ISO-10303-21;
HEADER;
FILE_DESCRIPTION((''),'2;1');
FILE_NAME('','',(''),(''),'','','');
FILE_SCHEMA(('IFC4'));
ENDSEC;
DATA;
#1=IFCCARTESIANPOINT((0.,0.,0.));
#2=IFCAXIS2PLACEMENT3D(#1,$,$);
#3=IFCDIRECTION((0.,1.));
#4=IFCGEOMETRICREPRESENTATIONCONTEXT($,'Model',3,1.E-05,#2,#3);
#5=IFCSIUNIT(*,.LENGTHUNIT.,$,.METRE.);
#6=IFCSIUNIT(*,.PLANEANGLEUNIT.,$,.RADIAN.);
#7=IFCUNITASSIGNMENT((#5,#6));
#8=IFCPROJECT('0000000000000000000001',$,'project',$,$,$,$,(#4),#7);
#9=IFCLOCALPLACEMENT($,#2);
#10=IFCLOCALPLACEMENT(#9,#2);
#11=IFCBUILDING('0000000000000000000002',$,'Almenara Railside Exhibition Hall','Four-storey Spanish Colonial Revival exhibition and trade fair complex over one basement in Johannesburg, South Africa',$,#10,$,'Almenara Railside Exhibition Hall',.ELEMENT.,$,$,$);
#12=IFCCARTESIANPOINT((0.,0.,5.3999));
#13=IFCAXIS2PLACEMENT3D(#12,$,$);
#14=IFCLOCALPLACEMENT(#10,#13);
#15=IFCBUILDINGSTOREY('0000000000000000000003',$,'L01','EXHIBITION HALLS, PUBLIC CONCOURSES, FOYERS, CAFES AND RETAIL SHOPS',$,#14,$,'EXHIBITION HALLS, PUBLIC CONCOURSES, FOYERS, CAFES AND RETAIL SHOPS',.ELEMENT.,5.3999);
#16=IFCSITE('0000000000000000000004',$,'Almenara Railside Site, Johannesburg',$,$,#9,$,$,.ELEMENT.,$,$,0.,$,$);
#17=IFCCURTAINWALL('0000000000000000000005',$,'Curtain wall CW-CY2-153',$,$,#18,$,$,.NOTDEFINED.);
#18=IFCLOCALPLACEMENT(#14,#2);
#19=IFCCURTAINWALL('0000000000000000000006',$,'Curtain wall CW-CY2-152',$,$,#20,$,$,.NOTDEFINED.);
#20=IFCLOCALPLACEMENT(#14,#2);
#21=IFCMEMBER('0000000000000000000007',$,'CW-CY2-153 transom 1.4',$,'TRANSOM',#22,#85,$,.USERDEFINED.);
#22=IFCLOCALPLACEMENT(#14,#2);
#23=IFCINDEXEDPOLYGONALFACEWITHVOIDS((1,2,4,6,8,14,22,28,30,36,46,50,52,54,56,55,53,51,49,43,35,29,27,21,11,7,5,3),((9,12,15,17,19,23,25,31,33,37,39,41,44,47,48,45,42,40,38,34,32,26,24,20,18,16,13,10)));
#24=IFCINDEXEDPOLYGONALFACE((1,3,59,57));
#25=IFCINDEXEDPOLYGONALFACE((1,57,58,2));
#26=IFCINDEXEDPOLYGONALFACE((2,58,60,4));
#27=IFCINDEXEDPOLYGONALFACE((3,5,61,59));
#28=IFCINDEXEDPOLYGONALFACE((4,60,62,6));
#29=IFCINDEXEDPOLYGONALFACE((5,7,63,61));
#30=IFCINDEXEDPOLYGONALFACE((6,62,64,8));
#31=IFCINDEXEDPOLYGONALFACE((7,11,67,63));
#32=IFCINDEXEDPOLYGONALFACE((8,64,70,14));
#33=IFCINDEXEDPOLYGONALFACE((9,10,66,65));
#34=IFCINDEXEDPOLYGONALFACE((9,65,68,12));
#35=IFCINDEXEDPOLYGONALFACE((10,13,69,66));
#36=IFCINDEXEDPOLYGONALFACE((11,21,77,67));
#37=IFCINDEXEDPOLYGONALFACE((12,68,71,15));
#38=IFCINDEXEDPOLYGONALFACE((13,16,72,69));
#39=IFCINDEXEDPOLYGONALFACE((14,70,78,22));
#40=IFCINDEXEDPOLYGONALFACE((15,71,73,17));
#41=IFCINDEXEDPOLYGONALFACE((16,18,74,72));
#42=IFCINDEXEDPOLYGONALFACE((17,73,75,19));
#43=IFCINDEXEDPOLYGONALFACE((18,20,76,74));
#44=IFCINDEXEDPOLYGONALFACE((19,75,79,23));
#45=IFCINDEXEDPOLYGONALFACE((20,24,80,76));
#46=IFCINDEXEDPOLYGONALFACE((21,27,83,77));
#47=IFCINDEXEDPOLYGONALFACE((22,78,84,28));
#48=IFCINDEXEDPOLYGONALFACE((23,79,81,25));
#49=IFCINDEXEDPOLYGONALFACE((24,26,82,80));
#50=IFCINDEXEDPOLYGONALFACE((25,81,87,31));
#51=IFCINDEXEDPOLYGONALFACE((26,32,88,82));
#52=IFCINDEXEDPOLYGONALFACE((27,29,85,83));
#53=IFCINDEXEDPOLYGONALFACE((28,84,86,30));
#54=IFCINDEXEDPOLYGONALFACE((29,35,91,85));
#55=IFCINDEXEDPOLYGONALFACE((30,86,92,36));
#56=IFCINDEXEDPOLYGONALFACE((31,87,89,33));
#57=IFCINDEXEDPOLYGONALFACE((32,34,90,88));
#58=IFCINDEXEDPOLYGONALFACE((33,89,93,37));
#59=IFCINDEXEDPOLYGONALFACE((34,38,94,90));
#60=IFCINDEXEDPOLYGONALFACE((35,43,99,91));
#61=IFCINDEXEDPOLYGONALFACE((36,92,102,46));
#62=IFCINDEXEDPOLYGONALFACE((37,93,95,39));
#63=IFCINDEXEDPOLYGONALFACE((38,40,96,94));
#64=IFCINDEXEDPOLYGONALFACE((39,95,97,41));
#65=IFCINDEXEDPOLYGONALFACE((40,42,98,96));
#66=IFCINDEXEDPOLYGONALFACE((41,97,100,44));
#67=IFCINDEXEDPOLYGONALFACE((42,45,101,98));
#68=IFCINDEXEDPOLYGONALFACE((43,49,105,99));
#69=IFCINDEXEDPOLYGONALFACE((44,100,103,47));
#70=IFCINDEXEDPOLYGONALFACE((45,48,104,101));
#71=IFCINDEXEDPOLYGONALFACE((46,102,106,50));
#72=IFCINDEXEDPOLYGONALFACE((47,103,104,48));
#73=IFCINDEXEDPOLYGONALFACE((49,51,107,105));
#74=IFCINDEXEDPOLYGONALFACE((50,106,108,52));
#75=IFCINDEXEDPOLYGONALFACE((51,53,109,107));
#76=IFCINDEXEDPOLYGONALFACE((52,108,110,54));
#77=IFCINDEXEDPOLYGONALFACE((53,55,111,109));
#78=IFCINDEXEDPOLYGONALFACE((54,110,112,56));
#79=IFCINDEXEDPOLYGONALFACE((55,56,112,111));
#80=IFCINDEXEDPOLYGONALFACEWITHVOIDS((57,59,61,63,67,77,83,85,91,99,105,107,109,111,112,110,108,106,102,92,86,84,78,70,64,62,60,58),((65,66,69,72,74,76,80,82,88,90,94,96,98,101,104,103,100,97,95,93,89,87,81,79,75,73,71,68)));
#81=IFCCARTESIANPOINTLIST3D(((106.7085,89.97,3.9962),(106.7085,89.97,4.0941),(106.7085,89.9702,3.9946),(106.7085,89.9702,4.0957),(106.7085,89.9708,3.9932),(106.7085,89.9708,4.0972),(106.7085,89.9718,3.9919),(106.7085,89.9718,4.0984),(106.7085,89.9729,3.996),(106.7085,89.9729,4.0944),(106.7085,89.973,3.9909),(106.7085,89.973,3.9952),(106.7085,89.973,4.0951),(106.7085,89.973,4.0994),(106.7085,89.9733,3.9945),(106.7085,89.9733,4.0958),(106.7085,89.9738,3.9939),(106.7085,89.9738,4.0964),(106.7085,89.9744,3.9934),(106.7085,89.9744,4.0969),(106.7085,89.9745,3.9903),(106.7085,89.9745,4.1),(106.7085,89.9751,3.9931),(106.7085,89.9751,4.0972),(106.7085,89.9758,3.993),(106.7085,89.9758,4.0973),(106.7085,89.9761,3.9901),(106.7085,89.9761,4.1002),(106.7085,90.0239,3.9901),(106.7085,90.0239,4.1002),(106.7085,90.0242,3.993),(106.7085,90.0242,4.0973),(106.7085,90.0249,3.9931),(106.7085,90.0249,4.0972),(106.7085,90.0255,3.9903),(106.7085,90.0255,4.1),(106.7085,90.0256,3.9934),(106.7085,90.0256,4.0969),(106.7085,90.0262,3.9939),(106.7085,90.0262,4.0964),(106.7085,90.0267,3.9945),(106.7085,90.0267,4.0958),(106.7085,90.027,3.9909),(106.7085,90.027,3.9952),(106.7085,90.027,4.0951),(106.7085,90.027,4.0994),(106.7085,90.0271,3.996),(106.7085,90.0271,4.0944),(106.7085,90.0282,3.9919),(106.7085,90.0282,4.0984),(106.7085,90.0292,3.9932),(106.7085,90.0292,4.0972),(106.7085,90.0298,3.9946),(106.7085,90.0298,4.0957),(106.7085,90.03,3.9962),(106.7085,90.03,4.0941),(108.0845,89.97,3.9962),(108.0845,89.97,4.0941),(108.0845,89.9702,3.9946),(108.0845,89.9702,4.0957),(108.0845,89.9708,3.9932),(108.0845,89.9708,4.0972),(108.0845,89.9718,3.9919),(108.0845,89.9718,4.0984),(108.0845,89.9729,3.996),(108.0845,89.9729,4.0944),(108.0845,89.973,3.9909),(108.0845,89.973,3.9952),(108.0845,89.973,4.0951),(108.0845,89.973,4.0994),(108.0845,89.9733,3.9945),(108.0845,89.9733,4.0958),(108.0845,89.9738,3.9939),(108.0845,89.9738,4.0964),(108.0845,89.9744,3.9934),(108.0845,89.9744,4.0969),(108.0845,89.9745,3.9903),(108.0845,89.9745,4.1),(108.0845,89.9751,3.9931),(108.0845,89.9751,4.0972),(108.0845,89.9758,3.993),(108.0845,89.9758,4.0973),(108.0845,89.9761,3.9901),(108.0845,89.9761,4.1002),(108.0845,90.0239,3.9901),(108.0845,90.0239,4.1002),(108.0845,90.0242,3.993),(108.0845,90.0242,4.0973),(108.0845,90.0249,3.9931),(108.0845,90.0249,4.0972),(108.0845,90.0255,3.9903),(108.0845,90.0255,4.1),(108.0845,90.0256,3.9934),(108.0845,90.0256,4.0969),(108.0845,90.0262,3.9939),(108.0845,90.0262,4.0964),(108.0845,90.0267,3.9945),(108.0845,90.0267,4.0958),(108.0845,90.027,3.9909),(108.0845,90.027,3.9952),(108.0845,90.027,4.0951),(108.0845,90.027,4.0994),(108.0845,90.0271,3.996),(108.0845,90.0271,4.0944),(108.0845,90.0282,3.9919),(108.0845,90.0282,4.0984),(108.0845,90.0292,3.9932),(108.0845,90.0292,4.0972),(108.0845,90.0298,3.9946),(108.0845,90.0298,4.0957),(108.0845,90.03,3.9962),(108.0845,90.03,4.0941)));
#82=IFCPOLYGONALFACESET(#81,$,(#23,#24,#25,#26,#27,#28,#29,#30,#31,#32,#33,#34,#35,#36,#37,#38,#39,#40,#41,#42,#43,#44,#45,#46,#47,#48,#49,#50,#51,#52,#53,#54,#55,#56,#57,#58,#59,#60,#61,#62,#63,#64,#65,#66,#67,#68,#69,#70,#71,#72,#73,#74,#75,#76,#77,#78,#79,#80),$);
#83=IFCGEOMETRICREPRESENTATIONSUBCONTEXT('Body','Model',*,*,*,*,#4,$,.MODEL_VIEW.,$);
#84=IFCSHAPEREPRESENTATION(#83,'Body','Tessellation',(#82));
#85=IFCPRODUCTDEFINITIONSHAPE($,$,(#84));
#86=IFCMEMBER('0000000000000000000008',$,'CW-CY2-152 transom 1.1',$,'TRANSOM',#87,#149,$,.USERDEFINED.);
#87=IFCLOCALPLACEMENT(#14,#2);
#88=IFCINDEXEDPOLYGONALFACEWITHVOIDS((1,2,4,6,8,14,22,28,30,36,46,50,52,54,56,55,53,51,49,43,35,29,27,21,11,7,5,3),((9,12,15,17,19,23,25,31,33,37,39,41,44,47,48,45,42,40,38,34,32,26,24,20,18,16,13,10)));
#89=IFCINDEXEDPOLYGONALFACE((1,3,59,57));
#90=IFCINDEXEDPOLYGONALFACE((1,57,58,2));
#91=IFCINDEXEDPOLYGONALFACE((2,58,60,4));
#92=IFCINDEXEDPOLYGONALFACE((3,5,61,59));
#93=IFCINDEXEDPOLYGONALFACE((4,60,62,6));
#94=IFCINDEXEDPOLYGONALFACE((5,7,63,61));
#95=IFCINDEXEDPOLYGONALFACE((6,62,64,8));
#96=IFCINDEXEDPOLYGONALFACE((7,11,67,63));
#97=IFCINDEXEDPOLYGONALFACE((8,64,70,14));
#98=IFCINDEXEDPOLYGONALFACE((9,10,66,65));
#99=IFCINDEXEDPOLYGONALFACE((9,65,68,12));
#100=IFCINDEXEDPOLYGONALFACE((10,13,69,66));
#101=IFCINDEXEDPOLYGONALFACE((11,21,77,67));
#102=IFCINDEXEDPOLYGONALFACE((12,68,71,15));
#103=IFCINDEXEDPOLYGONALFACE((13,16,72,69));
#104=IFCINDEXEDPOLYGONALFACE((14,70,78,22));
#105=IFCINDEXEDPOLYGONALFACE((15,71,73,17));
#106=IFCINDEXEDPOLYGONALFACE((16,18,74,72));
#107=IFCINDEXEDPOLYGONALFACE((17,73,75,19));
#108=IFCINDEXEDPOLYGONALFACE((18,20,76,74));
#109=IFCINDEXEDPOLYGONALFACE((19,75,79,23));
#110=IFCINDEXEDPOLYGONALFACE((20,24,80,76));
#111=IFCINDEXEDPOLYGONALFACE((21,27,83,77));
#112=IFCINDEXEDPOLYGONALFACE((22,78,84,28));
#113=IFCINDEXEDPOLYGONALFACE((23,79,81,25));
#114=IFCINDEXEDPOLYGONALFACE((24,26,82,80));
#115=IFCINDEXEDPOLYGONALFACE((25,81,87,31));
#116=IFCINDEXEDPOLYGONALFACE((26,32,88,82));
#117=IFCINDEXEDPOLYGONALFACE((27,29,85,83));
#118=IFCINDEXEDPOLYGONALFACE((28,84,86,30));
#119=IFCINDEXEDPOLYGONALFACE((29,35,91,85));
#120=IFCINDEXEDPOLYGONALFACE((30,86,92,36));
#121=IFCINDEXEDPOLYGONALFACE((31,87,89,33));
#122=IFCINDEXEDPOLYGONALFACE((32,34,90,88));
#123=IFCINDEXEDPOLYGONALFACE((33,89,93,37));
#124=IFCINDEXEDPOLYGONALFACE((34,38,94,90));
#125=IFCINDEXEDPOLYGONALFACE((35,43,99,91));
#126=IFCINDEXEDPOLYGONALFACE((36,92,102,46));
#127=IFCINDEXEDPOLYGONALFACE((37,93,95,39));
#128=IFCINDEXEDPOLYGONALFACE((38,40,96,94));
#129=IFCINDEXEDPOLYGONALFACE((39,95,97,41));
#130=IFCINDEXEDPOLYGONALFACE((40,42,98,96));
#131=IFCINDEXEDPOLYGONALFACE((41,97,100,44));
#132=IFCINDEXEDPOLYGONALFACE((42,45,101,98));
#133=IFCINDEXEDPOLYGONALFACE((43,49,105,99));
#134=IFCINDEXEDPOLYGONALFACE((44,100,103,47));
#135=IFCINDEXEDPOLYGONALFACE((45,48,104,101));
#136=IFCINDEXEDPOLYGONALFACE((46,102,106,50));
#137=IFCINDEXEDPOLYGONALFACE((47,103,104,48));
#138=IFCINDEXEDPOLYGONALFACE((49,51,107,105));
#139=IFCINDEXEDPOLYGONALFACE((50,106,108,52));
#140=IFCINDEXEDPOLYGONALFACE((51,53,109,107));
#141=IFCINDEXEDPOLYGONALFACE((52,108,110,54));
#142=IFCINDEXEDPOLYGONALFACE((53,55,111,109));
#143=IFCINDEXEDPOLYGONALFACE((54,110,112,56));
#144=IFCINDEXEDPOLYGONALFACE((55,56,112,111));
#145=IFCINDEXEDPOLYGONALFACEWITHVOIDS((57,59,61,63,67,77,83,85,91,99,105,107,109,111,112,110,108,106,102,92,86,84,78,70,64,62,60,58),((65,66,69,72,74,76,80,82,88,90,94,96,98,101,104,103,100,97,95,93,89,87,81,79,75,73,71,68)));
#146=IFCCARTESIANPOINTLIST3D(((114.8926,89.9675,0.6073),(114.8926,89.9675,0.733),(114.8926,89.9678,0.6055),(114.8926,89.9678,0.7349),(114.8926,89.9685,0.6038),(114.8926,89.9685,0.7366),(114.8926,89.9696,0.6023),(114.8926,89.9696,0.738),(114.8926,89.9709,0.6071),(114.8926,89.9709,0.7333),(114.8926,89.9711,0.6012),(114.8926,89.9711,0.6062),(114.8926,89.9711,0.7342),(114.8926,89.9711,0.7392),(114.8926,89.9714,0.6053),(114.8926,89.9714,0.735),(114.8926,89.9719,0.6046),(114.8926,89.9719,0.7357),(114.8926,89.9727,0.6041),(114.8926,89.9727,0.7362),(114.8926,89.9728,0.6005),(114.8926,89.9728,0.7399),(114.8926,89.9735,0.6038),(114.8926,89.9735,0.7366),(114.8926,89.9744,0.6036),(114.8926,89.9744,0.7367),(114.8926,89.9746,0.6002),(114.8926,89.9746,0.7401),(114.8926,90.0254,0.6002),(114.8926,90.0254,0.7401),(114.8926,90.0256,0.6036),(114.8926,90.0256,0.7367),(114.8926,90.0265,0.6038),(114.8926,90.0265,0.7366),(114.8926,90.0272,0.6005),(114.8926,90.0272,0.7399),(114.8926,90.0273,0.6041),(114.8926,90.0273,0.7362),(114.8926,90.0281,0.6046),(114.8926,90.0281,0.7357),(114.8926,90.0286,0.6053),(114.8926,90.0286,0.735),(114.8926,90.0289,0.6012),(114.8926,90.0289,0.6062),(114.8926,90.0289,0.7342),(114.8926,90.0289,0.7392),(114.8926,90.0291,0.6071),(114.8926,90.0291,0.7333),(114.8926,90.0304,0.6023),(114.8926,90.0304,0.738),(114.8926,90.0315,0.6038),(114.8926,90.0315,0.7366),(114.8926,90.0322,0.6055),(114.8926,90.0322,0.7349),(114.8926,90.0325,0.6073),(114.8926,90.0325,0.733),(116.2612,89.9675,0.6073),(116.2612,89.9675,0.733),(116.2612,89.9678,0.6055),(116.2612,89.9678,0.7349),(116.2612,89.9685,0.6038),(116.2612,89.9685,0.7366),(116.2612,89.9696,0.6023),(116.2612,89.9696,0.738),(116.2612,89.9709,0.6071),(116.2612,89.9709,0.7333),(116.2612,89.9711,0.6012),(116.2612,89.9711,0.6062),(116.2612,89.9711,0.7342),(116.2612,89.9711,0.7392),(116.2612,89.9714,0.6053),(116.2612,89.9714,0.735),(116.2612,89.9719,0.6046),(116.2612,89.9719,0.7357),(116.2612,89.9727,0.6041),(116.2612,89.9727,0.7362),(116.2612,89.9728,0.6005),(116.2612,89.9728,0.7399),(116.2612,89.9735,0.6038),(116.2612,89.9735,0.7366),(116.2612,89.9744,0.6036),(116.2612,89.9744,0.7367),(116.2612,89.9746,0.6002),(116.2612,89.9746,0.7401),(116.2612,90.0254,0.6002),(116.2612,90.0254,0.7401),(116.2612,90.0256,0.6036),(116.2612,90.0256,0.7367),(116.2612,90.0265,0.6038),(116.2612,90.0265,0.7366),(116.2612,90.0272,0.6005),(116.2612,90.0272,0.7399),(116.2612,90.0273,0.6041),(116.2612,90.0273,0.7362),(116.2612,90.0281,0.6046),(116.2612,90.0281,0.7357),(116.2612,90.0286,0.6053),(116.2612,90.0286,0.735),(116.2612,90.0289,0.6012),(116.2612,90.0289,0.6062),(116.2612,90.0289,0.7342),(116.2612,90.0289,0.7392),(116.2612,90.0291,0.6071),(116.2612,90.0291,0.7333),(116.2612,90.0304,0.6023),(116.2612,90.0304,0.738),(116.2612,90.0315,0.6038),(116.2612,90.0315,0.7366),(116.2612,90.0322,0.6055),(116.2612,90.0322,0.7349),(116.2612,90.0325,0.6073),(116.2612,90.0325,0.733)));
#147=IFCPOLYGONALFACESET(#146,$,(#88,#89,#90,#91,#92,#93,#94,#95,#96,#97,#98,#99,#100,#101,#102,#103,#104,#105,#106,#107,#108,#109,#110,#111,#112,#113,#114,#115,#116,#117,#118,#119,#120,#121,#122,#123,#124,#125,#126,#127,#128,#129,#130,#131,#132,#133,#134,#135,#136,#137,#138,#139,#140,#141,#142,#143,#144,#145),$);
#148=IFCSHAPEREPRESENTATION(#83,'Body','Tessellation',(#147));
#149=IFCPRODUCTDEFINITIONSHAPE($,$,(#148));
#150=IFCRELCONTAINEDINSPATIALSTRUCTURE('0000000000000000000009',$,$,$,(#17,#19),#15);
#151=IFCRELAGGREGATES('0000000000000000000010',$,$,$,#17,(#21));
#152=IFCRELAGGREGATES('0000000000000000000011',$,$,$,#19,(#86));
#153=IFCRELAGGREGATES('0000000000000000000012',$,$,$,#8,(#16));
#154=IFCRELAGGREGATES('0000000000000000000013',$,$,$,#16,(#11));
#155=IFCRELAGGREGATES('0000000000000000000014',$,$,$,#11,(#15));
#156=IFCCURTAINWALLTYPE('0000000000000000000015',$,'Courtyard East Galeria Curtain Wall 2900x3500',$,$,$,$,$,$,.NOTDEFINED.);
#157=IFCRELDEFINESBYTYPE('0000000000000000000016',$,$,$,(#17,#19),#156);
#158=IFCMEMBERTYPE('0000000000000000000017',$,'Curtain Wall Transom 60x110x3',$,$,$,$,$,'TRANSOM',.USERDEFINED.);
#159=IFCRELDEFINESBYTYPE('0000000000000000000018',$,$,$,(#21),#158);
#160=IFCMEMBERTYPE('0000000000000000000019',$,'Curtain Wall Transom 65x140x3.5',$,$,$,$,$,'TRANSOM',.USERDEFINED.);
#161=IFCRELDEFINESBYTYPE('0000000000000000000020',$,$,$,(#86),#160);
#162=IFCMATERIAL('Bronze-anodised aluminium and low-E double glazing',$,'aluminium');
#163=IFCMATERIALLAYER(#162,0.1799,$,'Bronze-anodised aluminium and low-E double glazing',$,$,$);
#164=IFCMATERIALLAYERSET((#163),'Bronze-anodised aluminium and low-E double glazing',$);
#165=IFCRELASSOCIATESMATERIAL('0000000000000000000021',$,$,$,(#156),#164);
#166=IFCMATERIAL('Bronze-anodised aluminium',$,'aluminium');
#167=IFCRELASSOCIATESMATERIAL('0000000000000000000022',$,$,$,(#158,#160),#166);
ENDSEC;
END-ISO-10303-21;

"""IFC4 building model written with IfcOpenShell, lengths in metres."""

from ifc_helpers import new_model, si_unit, direction, frame, origin, origin_2d, place, context, subcontext, project, spatial, hollow_rectangle, extrude, material, layer, layer_set, material_profile, profile_set, type_object, element, aggregate, save


model = new_model("IFC4")

# Units and contexts
model_context = context("Model", 3, precision=1e-05, world=origin(), true_north=direction((0.0, 1.0)))
body_context = subcontext(model_context, "Body", "Model", "MODEL_VIEW")
ifc_project = project(units=[si_unit("LENGTHUNIT", "METRE"), si_unit("PLANEANGLEUNIT", "RADIAN")], contexts=[model_context])

# Site, building, storey
site_placement = place(None, origin())
site = spatial("IfcSite", under=ifc_project, at=site_placement, Name="Almenara Railside Site, Johannesburg", CompositionType="ELEMENT", RefElevation=0.0)
building_placement = place(site_placement, origin())
building = spatial("IfcBuilding", under=site, at=building_placement, Name="Almenara Railside Exhibition Hall", Description="Four-storey Spanish Colonial Revival exhibition and trade fair complex over one basement in Johannesburg, South Africa", LongName="Almenara Railside Exhibition Hall", CompositionType="ELEMENT")
storey_placement = place(building_placement, frame((0.0, 0.0, 5.3999)))
storey = spatial("IfcBuildingStorey", under=building, at=storey_placement, Name="L01", Description="EXHIBITION HALLS, PUBLIC CONCOURSES, FOYERS, CAFES AND RETAIL SHOPS", LongName="EXHIBITION HALLS, PUBLIC CONCOURSES, FOYERS, CAFES AND RETAIL SHOPS", CompositionType="ELEMENT", Elevation=5.3999)

# Curtain wall
ifc_material_1 = material(Name="Bronze-anodised aluminium and low-E double glazing", Category="aluminium")
ifc_layer_1 = layer(ifc_material_1, 0.1799, Name="Bronze-anodised aluminium and low-E double glazing")
ifc_layer_set_1 = layer_set([ifc_layer_1], Name="Bronze-anodised aluminium and low-E double glazing")
curtain_wall_type = type_object("IfcCurtainWallType", Name="Courtyard East Galeria Curtain Wall 2900x3500", PredefinedType="NOTDEFINED", material=ifc_layer_set_1)
curtain_wall_1_placement = place(storey_placement, origin())
curtain_wall_1 = element("IfcCurtainWall", 1, at=curtain_wall_1_placement, inside=storey, type_object=curtain_wall_type, Name="Curtain wall CW-CY2-153", PredefinedType="NOTDEFINED")
ifc_material_2 = material(Name="Bronze-anodised aluminium", Category="aluminium")

# Curtain wall
curtain_wall_2_placement = place(storey_placement, origin())
curtain_wall_2 = element("IfcCurtainWall", 2, at=curtain_wall_2_placement, inside=storey, type_object=curtain_wall_type, Name="Curtain wall CW-CY2-152", PredefinedType="NOTDEFINED")

# Members
ifc_material_profile_1 = material_profile(ifc_material_2, hollow_rectangle(XDim=0.0601, YDim=0.1101, WallThickness=0.0029, InnerFilletRadius=0.0029, OuterFilletRadius=0.0061, at=origin_2d()), Name="ALU-TRN 60x110x3")
ifc_profile_set_1 = profile_set([ifc_material_profile_1], Name="Bronze-anodised aluminium")
member_type_1 = type_object("IfcMemberType", Name="Curtain Wall Transom 60x110x3", ElementType="TRANSOM", PredefinedType="USERDEFINED", material=ifc_profile_set_1)
member_1_placement = place(storey_placement, frame((108.0845, 90.0, 4.0452), z_axis=(-1.0, 0.0, 0.0), x_axis=(0.0, -1.0, 0.0)))
member_1 = element("IfcMember", 3, at=member_1_placement, type_object=member_type_1, Name="CW-CY2-153 transom 1.4", ObjectType="TRANSOM", PredefinedType="USERDEFINED", context=body_context, shape_type="SweptSolid", body=[
    extrude(hollow_rectangle(XDim=0.0601, YDim=0.1101, WallThickness=0.0029, InnerFilletRadius=0.0029, OuterFilletRadius=0.0061, at=origin_2d()), origin(), (0.0, 0.0, 1.0), 1.376),
])
aggregate(curtain_wall_1, [member_1])
ifc_material_profile_2 = material_profile(ifc_material_2, hollow_rectangle(XDim=0.0649, YDim=0.1399, WallThickness=0.0034, InnerFilletRadius=0.0034, OuterFilletRadius=0.0071, at=origin_2d()), Name="ALU-TRN 65x140x3.5")
ifc_profile_set_2 = profile_set([ifc_material_profile_2], Name="Bronze-anodised aluminium")
member_type_2 = type_object("IfcMemberType", Name="Curtain Wall Transom 65x140x3.5", ElementType="TRANSOM", PredefinedType="USERDEFINED", material=ifc_profile_set_2)
member_2_placement = place(storey_placement, frame((116.2612, 90.0, 0.6702), z_axis=(-1.0, 0.0, 0.0), x_axis=(0.0, -1.0, 0.0)))
member_2 = element("IfcMember", 4, at=member_2_placement, type_object=member_type_2, Name="CW-CY2-152 transom 1.1", ObjectType="TRANSOM", PredefinedType="USERDEFINED", context=body_context, shape_type="SweptSolid", body=[
    extrude(hollow_rectangle(XDim=0.0649, YDim=0.1399, WallThickness=0.0034, InnerFilletRadius=0.0034, OuterFilletRadius=0.0071, at=origin_2d()), origin(), (0.0, 0.0, 1.0), 1.3687),
])

aggregate(curtain_wall_2, [member_2])

save(model, "model.ifc")
